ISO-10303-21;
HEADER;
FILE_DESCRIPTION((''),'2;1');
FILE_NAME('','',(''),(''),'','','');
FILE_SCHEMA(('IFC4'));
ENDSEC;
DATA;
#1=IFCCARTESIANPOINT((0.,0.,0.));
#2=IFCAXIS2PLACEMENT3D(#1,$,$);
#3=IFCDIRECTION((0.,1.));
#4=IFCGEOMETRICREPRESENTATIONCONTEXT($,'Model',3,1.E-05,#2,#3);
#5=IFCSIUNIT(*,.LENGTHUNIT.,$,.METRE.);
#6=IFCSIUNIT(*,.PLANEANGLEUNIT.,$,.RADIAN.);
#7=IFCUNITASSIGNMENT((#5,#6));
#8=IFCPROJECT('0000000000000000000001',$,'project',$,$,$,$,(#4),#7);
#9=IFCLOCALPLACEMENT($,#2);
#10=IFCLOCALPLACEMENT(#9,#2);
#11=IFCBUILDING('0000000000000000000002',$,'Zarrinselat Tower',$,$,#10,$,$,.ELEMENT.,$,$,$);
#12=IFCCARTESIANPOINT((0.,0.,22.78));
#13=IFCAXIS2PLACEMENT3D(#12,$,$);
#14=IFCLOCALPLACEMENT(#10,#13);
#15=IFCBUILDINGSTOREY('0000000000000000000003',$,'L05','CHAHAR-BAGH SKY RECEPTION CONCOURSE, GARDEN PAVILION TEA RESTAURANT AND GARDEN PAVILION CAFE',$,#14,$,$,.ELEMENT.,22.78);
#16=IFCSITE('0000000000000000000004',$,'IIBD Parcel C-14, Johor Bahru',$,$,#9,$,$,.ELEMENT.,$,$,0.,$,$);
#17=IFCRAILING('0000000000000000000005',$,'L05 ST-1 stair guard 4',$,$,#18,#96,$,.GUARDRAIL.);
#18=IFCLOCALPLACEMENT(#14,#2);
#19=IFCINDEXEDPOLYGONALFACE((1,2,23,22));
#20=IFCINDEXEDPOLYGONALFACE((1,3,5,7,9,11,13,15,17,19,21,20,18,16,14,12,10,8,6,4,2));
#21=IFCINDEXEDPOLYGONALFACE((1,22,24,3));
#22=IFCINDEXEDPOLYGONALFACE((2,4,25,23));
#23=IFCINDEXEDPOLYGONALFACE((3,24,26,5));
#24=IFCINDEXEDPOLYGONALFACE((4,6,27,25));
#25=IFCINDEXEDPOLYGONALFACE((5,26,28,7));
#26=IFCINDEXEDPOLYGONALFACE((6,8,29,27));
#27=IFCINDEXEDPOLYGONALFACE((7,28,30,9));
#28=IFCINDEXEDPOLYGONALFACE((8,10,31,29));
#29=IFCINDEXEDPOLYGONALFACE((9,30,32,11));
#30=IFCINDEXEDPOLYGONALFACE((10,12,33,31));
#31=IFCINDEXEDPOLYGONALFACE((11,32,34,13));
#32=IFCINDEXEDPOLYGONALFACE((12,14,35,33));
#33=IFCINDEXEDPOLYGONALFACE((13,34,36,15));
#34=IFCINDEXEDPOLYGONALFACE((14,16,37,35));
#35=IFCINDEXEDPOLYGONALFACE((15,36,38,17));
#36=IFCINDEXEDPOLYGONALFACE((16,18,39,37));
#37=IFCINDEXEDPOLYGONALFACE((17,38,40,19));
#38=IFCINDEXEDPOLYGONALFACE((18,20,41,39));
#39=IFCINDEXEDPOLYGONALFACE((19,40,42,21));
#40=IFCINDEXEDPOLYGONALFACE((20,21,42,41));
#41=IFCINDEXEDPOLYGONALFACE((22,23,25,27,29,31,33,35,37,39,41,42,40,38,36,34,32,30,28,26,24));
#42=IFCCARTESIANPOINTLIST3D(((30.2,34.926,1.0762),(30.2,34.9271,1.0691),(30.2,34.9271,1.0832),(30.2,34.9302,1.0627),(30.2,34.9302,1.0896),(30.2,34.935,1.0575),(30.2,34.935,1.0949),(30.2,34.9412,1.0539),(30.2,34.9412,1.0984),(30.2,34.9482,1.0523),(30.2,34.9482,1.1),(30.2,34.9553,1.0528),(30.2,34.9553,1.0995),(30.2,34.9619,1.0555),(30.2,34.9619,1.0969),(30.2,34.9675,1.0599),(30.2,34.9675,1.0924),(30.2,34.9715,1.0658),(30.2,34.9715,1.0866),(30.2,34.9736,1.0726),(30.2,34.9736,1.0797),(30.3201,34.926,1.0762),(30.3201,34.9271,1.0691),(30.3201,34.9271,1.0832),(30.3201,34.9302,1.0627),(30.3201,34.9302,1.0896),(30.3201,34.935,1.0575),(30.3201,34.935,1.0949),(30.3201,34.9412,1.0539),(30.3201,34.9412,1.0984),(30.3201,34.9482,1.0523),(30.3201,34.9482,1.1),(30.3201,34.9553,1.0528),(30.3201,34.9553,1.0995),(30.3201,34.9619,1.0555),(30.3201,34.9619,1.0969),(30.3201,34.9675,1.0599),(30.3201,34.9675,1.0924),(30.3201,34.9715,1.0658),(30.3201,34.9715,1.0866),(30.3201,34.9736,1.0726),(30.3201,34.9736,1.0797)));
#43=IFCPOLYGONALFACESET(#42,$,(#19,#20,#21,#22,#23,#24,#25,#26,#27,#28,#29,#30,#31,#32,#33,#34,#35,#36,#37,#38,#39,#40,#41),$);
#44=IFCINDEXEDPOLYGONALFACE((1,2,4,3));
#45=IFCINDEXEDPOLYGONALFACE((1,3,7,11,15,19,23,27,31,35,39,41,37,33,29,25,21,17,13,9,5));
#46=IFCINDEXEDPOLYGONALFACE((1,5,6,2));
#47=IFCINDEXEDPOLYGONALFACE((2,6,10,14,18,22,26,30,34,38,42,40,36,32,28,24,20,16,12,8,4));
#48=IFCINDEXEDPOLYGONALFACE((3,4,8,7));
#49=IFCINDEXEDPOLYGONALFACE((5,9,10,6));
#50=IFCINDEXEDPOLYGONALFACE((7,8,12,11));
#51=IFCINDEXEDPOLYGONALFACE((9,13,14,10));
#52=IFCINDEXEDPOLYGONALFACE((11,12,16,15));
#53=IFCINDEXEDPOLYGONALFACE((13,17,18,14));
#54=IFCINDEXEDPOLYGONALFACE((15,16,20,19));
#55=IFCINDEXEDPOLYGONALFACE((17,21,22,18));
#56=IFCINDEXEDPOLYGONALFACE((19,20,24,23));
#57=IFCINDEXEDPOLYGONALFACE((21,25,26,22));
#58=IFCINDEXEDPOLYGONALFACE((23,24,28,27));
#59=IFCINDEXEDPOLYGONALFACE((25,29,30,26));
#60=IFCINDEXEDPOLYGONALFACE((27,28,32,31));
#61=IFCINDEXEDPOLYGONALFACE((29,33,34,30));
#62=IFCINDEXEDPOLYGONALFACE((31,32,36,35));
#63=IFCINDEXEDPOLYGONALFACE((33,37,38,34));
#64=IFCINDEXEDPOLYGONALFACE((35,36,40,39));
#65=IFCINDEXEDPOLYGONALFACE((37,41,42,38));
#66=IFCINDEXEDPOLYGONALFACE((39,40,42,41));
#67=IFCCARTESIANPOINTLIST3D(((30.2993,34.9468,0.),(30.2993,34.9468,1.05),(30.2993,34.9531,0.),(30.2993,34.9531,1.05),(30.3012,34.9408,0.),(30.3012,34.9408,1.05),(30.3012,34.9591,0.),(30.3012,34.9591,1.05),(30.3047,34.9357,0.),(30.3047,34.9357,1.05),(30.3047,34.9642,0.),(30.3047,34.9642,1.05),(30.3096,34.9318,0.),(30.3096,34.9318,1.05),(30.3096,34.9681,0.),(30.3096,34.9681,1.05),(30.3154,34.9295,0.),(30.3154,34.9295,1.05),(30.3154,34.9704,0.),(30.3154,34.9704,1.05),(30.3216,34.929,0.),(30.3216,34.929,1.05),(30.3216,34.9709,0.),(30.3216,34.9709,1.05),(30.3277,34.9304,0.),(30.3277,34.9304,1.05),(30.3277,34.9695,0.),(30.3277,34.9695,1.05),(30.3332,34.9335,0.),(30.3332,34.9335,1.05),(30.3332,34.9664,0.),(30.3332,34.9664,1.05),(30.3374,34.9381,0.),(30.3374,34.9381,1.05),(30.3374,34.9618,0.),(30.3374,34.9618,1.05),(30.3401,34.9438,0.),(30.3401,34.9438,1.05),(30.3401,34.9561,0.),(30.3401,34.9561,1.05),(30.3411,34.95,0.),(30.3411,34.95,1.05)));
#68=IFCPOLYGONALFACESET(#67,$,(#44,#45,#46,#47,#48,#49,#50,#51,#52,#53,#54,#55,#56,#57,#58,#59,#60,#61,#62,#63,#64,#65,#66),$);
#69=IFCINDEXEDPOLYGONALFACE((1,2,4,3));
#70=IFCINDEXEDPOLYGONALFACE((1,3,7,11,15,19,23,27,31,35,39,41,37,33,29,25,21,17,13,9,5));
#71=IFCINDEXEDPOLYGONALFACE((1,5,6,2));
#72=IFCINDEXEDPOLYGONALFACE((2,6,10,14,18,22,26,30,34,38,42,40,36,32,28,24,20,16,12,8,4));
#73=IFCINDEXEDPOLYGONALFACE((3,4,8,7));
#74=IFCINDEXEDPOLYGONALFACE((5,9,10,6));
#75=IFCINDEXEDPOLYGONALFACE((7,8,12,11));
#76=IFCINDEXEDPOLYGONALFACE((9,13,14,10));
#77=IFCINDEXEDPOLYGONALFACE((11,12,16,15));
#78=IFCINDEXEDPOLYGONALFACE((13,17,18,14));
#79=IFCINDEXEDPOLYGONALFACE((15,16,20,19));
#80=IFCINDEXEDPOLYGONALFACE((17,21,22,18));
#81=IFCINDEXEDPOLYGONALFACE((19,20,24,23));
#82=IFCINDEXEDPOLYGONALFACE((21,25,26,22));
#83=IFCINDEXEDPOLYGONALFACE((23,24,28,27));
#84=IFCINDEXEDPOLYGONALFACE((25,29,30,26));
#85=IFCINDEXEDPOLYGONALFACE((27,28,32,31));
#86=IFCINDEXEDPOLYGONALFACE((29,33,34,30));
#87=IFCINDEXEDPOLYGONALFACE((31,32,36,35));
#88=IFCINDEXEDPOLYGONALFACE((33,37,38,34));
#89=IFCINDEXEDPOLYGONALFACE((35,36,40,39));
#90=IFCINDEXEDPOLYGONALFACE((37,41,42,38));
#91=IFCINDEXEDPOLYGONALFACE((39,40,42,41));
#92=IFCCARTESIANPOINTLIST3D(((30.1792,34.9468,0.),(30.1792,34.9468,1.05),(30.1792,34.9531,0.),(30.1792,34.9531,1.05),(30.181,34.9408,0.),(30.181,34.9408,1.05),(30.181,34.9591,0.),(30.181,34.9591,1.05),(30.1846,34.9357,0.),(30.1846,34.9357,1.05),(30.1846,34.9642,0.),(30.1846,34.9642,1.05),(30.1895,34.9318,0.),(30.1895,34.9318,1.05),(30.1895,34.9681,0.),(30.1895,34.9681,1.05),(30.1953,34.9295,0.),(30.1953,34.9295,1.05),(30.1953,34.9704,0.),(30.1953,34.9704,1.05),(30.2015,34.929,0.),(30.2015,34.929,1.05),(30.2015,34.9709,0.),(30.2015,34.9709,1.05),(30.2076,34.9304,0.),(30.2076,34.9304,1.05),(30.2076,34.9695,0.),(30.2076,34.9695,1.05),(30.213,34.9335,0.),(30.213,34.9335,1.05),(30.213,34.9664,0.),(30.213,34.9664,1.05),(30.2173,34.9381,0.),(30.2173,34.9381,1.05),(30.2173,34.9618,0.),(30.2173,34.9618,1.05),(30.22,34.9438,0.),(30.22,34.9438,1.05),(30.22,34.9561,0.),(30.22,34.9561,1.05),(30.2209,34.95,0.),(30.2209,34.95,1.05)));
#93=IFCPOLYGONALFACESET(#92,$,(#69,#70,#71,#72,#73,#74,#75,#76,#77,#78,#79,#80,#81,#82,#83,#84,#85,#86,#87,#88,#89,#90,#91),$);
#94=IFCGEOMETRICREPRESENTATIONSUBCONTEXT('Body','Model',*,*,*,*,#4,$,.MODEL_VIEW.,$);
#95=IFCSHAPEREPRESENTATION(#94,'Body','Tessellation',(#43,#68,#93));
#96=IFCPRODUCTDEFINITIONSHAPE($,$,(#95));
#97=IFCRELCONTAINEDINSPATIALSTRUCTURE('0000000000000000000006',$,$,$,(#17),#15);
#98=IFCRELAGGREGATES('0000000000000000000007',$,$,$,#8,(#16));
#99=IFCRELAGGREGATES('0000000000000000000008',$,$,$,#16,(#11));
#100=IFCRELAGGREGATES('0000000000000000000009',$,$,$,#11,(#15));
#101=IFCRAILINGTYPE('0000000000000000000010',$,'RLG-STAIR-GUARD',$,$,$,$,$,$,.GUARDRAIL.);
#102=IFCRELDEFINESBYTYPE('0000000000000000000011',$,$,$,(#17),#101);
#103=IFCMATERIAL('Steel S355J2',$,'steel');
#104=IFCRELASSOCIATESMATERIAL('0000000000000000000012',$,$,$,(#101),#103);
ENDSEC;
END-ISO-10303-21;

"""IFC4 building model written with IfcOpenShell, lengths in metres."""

from ifc_helpers import new_model, si_unit, direction, frame, origin, origin_2d, place, context, subcontext, project, spatial, circle, extrude, material, type_object, element, save


model = new_model("IFC4")

# Units and contexts
model_context = context("Model", 3, precision=1e-05, world=origin(), true_north=direction((0.0, 1.0)))
body_context = subcontext(model_context, "Body", "Model", "MODEL_VIEW")
ifc_project = project(units=[si_unit("LENGTHUNIT", "METRE"), si_unit("PLANEANGLEUNIT", "RADIAN")], contexts=[model_context])

# Site, building, storey
site_placement = place(None, origin())
site = spatial("IfcSite", under=ifc_project, at=site_placement, Name="IIBD Parcel C-14, Johor Bahru", CompositionType="ELEMENT", RefElevation=0.0)
building_placement = place(site_placement, origin())
building = spatial("IfcBuilding", under=site, at=building_placement, Name="Zarrinselat Tower", CompositionType="ELEMENT")
storey_placement = place(building_placement, frame((0.0, 0.0, 22.78)))
storey = spatial("IfcBuildingStorey", under=building, at=storey_placement, Name="L05", Description="CHAHAR-BAGH SKY RECEPTION CONCOURSE, GARDEN PAVILION TEA RESTAURANT AND GARDEN PAVILION CAFE", CompositionType="ELEMENT", Elevation=22.78)

# Railing
ifc_material_1 = material(Name="Steel S355J2", Category="steel")
railing_type_1 = type_object("IfcRailingType", Name="RLG-STAIR-GUARD", PredefinedType="GUARDRAIL", material=ifc_material_1)
railing_1_placement = place(storey_placement, frame((30.3201, 34.95, 0.0)))
element("IfcRailing", 1, at=railing_1_placement, inside=storey, type_object=railing_type_1, Name="L05 ST-1 stair guard 4", PredefinedType="GUARDRAIL", context=body_context, shape_type="SweptSolid", body=[
    extrude(circle(Radius=0.0239, at=origin_2d()), frame((0.0, 0.0, 1.0762), z_axis=(-1.0, 0.0, 0.0), x_axis=(0.0, -1.0, 0.0)), (0.0, 0.0, 1.0), 0.1201),
    extrude(circle(Radius=0.021, at=origin_2d()), origin(), (0.0, 0.0, 1.0), 1.05),
    extrude(circle(Radius=0.021, at=origin_2d()), frame((-0.1201, 0.0, 0.0)), (0.0, 0.0, 1.0), 1.05),
])

save(model, "model.ifc")
